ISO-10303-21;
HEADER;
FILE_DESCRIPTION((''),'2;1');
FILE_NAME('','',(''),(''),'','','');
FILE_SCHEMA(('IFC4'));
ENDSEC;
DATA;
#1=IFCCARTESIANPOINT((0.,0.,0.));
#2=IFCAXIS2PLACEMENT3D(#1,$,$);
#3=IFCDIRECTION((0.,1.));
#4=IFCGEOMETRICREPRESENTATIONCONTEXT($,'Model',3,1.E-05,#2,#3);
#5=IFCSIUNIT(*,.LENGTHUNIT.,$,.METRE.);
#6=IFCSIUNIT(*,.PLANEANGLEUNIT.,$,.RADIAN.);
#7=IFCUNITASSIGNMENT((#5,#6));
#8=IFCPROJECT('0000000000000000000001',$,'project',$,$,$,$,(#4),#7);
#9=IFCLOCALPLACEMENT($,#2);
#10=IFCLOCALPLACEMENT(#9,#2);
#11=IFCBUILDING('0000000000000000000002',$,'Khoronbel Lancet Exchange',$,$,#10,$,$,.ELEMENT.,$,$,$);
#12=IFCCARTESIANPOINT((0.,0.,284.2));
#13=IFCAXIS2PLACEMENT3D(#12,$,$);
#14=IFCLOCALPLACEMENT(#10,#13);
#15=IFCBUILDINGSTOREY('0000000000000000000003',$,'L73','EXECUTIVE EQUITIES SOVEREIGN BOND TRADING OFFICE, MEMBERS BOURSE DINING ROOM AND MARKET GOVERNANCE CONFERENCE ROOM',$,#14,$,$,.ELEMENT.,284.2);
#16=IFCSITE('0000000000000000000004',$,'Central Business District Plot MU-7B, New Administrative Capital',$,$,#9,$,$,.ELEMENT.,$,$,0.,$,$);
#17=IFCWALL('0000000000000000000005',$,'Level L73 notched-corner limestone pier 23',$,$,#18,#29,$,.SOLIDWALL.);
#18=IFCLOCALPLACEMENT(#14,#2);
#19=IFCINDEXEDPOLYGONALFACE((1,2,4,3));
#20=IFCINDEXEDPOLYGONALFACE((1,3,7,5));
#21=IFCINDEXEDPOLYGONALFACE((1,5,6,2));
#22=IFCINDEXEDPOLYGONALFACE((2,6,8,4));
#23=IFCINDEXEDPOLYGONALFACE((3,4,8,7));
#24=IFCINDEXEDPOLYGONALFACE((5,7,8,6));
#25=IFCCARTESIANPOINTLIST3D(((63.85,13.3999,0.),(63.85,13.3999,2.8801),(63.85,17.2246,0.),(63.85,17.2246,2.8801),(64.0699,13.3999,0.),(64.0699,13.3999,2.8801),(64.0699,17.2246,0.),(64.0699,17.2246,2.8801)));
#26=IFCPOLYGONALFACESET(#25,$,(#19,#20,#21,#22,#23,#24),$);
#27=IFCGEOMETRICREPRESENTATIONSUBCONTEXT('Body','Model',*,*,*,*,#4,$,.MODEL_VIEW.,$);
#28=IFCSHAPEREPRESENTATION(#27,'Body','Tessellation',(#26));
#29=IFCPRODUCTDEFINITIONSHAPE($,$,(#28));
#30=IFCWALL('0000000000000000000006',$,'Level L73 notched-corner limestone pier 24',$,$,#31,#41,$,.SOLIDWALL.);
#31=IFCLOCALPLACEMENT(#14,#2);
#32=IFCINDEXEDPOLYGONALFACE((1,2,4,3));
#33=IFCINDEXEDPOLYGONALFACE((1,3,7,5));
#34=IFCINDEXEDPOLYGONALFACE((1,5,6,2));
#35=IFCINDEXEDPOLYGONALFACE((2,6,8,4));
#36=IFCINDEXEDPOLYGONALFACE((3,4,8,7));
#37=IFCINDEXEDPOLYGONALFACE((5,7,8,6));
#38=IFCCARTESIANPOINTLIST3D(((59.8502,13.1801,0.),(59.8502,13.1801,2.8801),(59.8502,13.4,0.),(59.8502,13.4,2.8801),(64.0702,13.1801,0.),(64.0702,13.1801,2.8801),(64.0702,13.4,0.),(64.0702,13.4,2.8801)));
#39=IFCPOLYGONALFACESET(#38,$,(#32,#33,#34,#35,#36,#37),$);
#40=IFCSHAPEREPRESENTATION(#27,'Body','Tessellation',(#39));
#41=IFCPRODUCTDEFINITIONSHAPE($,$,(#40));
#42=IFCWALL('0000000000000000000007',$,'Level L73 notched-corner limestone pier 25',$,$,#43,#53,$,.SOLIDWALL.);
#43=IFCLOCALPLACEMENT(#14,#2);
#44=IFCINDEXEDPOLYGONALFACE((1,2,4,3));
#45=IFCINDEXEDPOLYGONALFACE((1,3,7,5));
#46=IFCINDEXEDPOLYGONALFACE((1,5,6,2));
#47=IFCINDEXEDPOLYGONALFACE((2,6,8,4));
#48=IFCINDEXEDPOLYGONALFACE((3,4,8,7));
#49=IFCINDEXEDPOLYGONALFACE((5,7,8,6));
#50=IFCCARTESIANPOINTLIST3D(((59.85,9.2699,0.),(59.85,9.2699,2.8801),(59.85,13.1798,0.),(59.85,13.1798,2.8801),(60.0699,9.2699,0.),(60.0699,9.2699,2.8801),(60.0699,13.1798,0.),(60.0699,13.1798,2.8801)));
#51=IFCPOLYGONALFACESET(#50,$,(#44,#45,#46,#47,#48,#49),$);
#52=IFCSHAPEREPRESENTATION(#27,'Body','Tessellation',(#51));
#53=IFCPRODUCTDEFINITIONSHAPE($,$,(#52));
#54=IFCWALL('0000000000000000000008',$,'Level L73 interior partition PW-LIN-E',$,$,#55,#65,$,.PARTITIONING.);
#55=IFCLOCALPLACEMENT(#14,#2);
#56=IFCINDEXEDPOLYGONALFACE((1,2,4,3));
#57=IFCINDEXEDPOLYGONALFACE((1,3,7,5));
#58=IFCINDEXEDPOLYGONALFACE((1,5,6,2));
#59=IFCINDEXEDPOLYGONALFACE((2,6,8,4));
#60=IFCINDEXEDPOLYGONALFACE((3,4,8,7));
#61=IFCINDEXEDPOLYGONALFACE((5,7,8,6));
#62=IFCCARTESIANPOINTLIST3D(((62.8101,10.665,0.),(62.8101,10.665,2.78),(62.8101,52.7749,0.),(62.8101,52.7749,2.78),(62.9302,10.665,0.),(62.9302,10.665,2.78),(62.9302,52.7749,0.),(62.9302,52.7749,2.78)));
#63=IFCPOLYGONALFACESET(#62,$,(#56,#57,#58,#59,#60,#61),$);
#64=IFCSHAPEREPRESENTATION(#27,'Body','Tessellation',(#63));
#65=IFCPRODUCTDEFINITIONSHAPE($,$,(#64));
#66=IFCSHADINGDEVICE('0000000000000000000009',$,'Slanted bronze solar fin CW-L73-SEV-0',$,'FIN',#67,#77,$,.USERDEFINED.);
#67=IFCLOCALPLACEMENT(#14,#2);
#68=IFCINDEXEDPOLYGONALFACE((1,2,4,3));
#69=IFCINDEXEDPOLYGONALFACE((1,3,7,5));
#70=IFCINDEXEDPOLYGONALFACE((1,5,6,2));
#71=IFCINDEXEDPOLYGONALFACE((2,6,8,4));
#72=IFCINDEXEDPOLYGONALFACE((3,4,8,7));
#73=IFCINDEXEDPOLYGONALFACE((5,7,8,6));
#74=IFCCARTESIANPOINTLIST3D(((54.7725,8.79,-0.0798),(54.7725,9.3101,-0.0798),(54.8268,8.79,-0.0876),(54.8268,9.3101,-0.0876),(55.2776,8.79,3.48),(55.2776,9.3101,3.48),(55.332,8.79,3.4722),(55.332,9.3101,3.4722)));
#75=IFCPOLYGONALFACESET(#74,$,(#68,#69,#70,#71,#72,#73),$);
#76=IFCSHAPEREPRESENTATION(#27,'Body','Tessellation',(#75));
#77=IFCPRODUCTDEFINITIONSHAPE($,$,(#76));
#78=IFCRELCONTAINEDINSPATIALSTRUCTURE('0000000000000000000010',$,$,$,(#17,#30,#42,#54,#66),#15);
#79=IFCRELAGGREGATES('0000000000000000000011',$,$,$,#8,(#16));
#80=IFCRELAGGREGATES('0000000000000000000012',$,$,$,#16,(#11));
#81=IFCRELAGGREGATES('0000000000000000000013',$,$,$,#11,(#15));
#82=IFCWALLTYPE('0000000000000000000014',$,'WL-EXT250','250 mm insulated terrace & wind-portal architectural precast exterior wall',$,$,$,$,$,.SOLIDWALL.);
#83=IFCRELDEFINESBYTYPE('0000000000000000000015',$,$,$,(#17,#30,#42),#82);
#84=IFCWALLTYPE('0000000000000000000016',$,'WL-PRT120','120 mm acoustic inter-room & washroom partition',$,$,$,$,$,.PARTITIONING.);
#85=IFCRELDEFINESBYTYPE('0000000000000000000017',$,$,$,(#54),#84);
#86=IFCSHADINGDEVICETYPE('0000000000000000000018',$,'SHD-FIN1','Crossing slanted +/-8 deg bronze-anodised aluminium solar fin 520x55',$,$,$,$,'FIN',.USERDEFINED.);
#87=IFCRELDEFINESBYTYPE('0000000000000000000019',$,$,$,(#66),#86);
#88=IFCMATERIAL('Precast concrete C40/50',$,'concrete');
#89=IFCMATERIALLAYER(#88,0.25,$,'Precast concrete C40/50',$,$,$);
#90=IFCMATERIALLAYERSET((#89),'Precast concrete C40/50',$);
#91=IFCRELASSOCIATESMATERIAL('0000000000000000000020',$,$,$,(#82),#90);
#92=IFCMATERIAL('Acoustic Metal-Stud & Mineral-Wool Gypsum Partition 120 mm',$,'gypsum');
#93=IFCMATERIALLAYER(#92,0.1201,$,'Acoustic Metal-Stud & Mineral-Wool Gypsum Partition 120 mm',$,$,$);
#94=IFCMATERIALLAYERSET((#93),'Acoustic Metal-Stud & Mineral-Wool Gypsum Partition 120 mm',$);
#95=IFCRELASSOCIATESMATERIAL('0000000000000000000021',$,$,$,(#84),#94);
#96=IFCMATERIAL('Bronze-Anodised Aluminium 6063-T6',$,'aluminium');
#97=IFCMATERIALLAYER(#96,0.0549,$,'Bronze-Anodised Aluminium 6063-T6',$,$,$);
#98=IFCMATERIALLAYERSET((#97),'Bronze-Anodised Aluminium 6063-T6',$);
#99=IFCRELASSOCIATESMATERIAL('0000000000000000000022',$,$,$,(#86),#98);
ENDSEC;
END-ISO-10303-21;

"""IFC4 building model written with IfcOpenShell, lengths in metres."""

from ifc_helpers import new_model, si_unit, direction, frame, frame_2d, origin, place, context, subcontext, project, spatial, polyline, rectangle, outline, extrude, material, layer, layer_set, type_object, element, save


model = new_model("IFC4")

# Units and contexts
model_context = context("Model", 3, precision=1e-05, world=origin(), true_north=direction((0.0, 1.0)))
body_context = subcontext(model_context, "Body", "Model", "MODEL_VIEW")
ifc_project = project(units=[si_unit("LENGTHUNIT", "METRE"), si_unit("PLANEANGLEUNIT", "RADIAN")], contexts=[model_context])

# Site, building, storey
site_placement = place(None, origin())
site = spatial("IfcSite", under=ifc_project, at=site_placement, Name="Central Business District Plot MU-7B, New Administrative Capital", CompositionType="ELEMENT", RefElevation=0.0)
building_placement = place(site_placement, origin())
building = spatial("IfcBuilding", under=site, at=building_placement, Name="Khoronbel Lancet Exchange", CompositionType="ELEMENT")
storey_placement = place(building_placement, frame((0.0, 0.0, 284.2)))
storey = spatial("IfcBuildingStorey", under=building, at=storey_placement, Name="L73", Description="EXECUTIVE EQUITIES SOVEREIGN BOND TRADING OFFICE, MEMBERS BOURSE DINING ROOM AND MARKET GOVERNANCE CONFERENCE ROOM", CompositionType="ELEMENT", Elevation=284.2)

# Shared definitions
ifc_material_1 = material(Name="Bronze-Anodised Aluminium 6063-T6", Category="aluminium")

# Walls
ifc_material_2 = material(Name="Precast concrete C40/50", Category="concrete")
ifc_layer_1 = layer(ifc_material_2, 0.25, Name="Precast concrete C40/50")
ifc_layer_set_1 = layer_set([ifc_layer_1], Name="Precast concrete C40/50")
wall_type_1 = type_object("IfcWallType", Name="WL-EXT250", Description="250 mm insulated terrace & wind-portal architectural precast exterior wall", PredefinedType="SOLIDWALL", material=ifc_layer_set_1)
wall_1_placement = place(storey_placement, frame((63.96, 17.2246, 0.0), z_axis=(0.0, 0.0, 1.0), x_axis=(0.0, -1.0, 0.0)))
element("IfcWall", 1, at=wall_1_placement, inside=storey, type_object=wall_type_1, Name="Level L73 notched-corner limestone pier 23", PredefinedType="SOLIDWALL", context=body_context, shape_type="SweptSolid", body=[
    extrude(rectangle(XDim=3.8247, YDim=0.22, at=frame_2d((1.9124, 0.0))), origin(), (0.0, 0.0, 1.0), 2.8801),
])
wall_2_placement = place(storey_placement, frame((64.0701, 13.29, 0.0), z_axis=(0.0, 0.0, 1.0), x_axis=(-1.0, 0.0, 0.0)))
element("IfcWall", 2, at=wall_2_placement, inside=storey, type_object=wall_type_1, Name="Level L73 notched-corner limestone pier 24", PredefinedType="SOLIDWALL", context=body_context, shape_type="SweptSolid", body=[
    extrude(rectangle(XDim=4.22, YDim=0.22, at=frame_2d((2.1099, 0.0))), origin(), (0.0, 0.0, 1.0), 2.8801),
])
wall_3_placement = place(storey_placement, frame((59.96, 13.1799, 0.0), z_axis=(0.0, 0.0, 1.0), x_axis=(0.0, -1.0, 0.0)))
element("IfcWall", 3, at=wall_3_placement, inside=storey, type_object=wall_type_1, Name="Level L73 notched-corner limestone pier 25", PredefinedType="SOLIDWALL", context=body_context, shape_type="SweptSolid", body=[
    extrude(rectangle(XDim=3.9099, YDim=0.22, at=frame_2d((1.9551, 0.0))), origin(), (0.0, 0.0, 1.0), 2.8801),
])
ifc_material_3 = material(Name="Acoustic Metal-Stud & Mineral-Wool Gypsum Partition 120 mm", Category="gypsum")
ifc_layer_2 = layer(ifc_material_3, 0.1201, Name="Acoustic Metal-Stud & Mineral-Wool Gypsum Partition 120 mm")
ifc_layer_set_2 = layer_set([ifc_layer_2], Name="Acoustic Metal-Stud & Mineral-Wool Gypsum Partition 120 mm")
wall_type_2 = type_object("IfcWallType", Name="WL-PRT120", Description="120 mm acoustic inter-room & washroom partition", PredefinedType="PARTITIONING", material=ifc_layer_set_2)
wall_4_placement = place(storey_placement, frame((62.8701, 10.665, 0.0), z_axis=(0.0, 0.0, 1.0), x_axis=(0.0, 1.0, 0.0)))
element("IfcWall", 4, at=wall_4_placement, inside=storey, type_object=wall_type_2, Name="Level L73 interior partition PW-LIN-E", PredefinedType="PARTITIONING", context=body_context, shape_type="SweptSolid", body=[
    extrude(rectangle(XDim=42.1099, YDim=0.1201, at=frame_2d((21.0549, 0.0))), origin(), (0.0, 0.0, 1.0), 2.78),
])

# Shading device
ifc_layer_3 = layer(ifc_material_1, 0.0549, Name="Bronze-Anodised Aluminium 6063-T6")
ifc_layer_set_3 = layer_set([ifc_layer_3], Name="Bronze-Anodised Aluminium 6063-T6")
shading_device_type = type_object("IfcShadingDeviceType", Name="SHD-FIN1", Description="Crossing slanted +/-8 deg bronze-anodised aluminium solar fin 520x55", ElementType="FIN", PredefinedType="USERDEFINED", material=ifc_layer_set_3)
shading_device_placement = place(storey_placement, frame((54.7725, 9.3101, -0.0798), z_axis=(-0.990082, 0.0, 0.14049), x_axis=(0.0, -1.0, 0.0)))
element("IfcShadingDevice", 5, at=shading_device_placement, inside=storey, type_object=shading_device_type, Name="Slanted bronze solar fin CW-L73-SEV-0", ObjectType="FIN", PredefinedType="USERDEFINED", context=body_context, shape_type="SweptSolid", body=[
    extrude(outline(polyline([(0.0, 0.0), (0.52, 0.0), (0.52, 3.5955), (0.0, 3.5955), (0.0, 0.0)])), origin(), (0.0, 0.0, -1.0), 0.0549),
])

save(model, "model.ifc")
